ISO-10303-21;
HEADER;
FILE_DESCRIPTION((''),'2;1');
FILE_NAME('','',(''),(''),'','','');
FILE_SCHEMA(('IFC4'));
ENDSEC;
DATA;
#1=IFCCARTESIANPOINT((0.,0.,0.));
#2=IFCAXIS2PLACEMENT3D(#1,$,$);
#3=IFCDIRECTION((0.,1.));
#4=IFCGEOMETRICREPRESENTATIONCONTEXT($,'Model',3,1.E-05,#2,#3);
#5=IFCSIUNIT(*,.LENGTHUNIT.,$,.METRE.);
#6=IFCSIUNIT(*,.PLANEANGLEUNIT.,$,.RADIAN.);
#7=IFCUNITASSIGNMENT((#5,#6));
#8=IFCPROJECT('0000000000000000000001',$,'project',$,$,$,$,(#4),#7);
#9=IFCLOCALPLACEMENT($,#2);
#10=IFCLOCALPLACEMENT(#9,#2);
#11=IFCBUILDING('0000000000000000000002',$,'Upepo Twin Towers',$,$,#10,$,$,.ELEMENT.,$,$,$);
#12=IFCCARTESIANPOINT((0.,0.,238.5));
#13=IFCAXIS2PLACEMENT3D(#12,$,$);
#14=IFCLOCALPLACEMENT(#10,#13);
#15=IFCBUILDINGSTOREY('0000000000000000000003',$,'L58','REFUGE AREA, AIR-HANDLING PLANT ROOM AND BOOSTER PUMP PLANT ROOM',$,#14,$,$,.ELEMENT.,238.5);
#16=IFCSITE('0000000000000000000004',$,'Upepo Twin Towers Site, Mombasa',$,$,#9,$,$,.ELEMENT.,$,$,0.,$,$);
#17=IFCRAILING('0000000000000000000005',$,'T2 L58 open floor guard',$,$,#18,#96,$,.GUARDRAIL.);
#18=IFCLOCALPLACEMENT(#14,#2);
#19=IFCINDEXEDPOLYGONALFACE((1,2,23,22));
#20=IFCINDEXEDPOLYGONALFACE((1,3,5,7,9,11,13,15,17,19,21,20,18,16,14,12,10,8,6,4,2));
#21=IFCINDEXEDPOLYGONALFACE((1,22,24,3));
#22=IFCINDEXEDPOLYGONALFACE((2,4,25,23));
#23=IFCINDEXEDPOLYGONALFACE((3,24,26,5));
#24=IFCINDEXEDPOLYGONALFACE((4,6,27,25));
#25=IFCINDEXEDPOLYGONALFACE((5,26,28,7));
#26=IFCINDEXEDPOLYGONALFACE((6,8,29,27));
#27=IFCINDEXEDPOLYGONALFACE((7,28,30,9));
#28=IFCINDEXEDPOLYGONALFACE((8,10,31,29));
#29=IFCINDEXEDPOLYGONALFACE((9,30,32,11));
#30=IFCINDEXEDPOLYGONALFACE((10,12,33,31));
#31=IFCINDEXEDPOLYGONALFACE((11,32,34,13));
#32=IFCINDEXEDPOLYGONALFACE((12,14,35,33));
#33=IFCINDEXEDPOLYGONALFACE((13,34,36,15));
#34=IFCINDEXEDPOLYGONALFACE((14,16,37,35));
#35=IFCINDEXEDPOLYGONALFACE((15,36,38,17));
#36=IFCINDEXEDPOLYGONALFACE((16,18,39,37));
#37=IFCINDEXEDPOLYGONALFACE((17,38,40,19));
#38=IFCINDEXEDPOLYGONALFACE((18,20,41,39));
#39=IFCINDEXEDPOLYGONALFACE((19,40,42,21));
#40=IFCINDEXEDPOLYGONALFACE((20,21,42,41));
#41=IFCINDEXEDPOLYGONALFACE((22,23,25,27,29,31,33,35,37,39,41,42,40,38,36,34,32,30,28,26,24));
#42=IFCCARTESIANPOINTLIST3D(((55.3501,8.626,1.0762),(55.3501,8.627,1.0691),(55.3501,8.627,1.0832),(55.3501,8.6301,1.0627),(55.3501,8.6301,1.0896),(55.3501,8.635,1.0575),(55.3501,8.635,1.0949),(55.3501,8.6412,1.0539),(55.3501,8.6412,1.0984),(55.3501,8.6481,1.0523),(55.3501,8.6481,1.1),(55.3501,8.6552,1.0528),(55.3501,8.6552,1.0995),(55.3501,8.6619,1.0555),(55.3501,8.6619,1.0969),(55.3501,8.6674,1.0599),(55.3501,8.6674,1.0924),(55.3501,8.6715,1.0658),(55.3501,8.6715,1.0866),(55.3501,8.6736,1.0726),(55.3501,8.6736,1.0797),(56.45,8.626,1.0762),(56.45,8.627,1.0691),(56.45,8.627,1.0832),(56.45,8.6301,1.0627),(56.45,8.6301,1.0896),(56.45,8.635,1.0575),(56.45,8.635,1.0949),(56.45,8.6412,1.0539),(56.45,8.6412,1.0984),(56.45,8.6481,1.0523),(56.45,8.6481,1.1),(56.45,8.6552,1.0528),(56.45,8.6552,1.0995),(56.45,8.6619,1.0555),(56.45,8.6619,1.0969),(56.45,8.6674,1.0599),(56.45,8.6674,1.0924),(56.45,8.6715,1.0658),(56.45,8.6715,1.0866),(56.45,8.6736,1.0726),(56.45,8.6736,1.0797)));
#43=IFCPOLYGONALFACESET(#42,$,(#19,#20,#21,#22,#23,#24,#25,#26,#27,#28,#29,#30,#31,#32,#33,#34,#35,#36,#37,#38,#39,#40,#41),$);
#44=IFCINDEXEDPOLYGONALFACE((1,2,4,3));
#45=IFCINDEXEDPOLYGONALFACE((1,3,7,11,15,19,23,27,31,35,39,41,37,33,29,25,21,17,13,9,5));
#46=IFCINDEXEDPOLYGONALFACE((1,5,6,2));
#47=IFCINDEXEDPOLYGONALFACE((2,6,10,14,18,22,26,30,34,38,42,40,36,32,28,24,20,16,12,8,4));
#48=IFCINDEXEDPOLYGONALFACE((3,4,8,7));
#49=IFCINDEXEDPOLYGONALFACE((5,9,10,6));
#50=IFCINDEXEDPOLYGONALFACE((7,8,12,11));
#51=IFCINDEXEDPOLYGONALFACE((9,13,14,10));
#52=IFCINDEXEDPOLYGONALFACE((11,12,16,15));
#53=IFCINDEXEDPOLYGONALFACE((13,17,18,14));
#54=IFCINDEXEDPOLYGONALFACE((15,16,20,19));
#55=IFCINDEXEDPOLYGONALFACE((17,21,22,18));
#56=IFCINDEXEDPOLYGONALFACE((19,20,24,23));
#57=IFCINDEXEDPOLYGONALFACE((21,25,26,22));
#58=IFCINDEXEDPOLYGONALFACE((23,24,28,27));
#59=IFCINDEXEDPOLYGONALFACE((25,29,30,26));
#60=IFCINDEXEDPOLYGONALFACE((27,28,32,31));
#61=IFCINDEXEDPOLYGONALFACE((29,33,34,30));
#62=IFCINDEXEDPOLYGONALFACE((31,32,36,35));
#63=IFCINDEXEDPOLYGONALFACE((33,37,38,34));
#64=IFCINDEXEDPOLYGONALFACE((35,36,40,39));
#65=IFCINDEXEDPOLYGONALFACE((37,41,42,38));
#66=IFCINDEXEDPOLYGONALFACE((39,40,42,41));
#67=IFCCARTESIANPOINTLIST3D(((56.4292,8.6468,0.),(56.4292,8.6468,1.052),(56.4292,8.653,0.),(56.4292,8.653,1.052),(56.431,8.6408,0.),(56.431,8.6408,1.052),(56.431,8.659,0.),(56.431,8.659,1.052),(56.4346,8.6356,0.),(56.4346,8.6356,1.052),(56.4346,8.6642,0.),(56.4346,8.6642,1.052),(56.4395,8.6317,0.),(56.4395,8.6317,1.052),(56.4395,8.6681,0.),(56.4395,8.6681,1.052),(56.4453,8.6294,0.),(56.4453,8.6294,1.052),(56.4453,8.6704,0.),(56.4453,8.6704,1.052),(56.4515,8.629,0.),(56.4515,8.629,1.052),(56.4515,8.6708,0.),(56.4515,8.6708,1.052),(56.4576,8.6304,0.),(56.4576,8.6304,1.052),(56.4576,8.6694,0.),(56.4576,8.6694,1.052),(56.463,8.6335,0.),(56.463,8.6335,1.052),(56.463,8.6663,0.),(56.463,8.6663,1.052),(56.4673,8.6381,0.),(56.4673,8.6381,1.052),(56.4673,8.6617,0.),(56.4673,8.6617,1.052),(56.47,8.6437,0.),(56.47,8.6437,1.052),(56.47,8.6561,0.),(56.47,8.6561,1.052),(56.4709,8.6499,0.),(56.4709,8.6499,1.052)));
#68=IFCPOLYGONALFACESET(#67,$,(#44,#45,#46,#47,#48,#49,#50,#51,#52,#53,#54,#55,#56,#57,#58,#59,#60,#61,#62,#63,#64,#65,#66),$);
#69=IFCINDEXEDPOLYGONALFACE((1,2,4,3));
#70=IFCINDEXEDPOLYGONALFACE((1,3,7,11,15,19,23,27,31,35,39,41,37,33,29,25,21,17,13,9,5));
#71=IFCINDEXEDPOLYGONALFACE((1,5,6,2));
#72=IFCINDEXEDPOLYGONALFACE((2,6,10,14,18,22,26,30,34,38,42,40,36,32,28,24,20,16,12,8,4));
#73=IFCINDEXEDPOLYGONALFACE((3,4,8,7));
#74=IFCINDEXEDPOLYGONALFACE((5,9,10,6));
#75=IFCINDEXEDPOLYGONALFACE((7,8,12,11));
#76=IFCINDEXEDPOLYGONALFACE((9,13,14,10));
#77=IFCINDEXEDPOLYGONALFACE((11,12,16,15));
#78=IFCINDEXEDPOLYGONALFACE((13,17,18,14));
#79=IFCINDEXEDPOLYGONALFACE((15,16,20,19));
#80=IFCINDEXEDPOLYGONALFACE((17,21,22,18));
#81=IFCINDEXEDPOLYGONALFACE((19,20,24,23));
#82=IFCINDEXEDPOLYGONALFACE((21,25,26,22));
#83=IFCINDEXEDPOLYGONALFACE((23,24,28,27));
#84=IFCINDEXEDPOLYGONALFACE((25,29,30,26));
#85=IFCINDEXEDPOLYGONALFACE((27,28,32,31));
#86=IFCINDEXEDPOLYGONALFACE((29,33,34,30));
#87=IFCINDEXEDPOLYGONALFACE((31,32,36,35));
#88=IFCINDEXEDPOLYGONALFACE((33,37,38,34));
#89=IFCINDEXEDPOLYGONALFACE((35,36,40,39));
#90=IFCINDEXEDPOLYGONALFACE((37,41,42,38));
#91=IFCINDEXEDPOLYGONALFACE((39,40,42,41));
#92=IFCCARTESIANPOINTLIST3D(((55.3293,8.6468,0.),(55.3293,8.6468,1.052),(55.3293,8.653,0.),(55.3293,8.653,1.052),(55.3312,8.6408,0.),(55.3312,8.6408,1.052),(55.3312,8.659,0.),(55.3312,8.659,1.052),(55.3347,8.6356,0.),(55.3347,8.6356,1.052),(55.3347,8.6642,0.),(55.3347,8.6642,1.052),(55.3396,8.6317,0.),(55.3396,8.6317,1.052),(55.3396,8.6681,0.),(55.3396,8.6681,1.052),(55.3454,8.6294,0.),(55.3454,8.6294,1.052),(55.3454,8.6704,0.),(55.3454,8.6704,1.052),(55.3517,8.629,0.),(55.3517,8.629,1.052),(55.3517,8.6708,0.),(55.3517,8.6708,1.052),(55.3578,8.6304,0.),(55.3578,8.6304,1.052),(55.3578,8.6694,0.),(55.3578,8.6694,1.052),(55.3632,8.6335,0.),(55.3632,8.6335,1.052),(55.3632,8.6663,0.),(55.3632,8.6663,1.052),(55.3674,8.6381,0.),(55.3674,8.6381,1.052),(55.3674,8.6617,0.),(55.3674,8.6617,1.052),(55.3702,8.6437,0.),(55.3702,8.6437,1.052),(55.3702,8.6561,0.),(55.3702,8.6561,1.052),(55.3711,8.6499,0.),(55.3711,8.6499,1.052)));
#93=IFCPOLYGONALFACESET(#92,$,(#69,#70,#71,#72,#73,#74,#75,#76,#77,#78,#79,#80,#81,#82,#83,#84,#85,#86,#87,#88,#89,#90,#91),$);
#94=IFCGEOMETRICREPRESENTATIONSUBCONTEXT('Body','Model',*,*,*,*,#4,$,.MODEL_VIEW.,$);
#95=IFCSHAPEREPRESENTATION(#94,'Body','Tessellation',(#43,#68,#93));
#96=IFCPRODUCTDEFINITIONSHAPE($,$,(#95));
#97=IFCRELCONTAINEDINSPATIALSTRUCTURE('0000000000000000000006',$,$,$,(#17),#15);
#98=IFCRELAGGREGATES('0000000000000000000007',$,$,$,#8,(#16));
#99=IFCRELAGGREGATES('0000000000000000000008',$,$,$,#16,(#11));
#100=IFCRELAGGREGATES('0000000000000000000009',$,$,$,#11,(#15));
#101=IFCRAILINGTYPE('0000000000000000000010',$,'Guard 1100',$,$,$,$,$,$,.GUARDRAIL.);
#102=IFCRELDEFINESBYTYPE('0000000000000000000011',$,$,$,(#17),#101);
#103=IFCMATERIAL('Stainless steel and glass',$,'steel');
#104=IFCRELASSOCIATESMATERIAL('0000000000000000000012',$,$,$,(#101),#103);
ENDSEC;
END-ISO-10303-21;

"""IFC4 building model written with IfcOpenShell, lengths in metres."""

from ifc_helpers import new_model, si_unit, direction, frame, origin, origin_2d, place, context, subcontext, project, spatial, circle, extrude, material, type_object, element, save


model = new_model("IFC4")

# Units and contexts
model_context = context("Model", 3, precision=1e-05, world=origin(), true_north=direction((0.0, 1.0)))
body_context = subcontext(model_context, "Body", "Model", "MODEL_VIEW")
ifc_project = project(units=[si_unit("LENGTHUNIT", "METRE"), si_unit("PLANEANGLEUNIT", "RADIAN")], contexts=[model_context])

# Site, building, storey
site_placement = place(None, origin())
site = spatial("IfcSite", under=ifc_project, at=site_placement, Name="Upepo Twin Towers Site, Mombasa", CompositionType="ELEMENT", RefElevation=0.0)
building_placement = place(site_placement, origin())
building = spatial("IfcBuilding", under=site, at=building_placement, Name="Upepo Twin Towers", CompositionType="ELEMENT")
storey_placement = place(building_placement, frame((0.0, 0.0, 238.5)))
storey = spatial("IfcBuildingStorey", under=building, at=storey_placement, Name="L58", Description="REFUGE AREA, AIR-HANDLING PLANT ROOM AND BOOSTER PUMP PLANT ROOM", CompositionType="ELEMENT", Elevation=238.5)

# Railing
ifc_material_1 = material(Name="Stainless steel and glass", Category="steel")
railing_type = type_object("IfcRailingType", Name="Guard 1100", PredefinedType="GUARDRAIL", material=ifc_material_1)
for number, where, name in (
    (1, (56.45, 8.6499, 0.0), "T2 L58 open floor guard"),
):
    element("IfcRailing", number, at=place(storey_placement, frame(where)), inside=storey, type_object=railing_type, Name=name, PredefinedType="GUARDRAIL", context=body_context, shape_type="SweptSolid", body=[
        extrude(circle(Radius=0.0239, at=origin_2d()), frame((0.0, 0.0, 1.0762), z_axis=(-1.0, 0.0, 0.0), x_axis=(0.0, -1.0, 0.0)), (0.0, 0.0, 1.0), 1.0999),
        extrude(circle(Radius=0.021, at=origin_2d()), origin(), (0.0, 0.0, 1.0), 1.052),
        extrude(circle(Radius=0.021, at=origin_2d()), frame((-1.0999, 0.0, 0.0)), (0.0, 0.0, 1.0), 1.052),
    ])

save(model, "model.ifc")
